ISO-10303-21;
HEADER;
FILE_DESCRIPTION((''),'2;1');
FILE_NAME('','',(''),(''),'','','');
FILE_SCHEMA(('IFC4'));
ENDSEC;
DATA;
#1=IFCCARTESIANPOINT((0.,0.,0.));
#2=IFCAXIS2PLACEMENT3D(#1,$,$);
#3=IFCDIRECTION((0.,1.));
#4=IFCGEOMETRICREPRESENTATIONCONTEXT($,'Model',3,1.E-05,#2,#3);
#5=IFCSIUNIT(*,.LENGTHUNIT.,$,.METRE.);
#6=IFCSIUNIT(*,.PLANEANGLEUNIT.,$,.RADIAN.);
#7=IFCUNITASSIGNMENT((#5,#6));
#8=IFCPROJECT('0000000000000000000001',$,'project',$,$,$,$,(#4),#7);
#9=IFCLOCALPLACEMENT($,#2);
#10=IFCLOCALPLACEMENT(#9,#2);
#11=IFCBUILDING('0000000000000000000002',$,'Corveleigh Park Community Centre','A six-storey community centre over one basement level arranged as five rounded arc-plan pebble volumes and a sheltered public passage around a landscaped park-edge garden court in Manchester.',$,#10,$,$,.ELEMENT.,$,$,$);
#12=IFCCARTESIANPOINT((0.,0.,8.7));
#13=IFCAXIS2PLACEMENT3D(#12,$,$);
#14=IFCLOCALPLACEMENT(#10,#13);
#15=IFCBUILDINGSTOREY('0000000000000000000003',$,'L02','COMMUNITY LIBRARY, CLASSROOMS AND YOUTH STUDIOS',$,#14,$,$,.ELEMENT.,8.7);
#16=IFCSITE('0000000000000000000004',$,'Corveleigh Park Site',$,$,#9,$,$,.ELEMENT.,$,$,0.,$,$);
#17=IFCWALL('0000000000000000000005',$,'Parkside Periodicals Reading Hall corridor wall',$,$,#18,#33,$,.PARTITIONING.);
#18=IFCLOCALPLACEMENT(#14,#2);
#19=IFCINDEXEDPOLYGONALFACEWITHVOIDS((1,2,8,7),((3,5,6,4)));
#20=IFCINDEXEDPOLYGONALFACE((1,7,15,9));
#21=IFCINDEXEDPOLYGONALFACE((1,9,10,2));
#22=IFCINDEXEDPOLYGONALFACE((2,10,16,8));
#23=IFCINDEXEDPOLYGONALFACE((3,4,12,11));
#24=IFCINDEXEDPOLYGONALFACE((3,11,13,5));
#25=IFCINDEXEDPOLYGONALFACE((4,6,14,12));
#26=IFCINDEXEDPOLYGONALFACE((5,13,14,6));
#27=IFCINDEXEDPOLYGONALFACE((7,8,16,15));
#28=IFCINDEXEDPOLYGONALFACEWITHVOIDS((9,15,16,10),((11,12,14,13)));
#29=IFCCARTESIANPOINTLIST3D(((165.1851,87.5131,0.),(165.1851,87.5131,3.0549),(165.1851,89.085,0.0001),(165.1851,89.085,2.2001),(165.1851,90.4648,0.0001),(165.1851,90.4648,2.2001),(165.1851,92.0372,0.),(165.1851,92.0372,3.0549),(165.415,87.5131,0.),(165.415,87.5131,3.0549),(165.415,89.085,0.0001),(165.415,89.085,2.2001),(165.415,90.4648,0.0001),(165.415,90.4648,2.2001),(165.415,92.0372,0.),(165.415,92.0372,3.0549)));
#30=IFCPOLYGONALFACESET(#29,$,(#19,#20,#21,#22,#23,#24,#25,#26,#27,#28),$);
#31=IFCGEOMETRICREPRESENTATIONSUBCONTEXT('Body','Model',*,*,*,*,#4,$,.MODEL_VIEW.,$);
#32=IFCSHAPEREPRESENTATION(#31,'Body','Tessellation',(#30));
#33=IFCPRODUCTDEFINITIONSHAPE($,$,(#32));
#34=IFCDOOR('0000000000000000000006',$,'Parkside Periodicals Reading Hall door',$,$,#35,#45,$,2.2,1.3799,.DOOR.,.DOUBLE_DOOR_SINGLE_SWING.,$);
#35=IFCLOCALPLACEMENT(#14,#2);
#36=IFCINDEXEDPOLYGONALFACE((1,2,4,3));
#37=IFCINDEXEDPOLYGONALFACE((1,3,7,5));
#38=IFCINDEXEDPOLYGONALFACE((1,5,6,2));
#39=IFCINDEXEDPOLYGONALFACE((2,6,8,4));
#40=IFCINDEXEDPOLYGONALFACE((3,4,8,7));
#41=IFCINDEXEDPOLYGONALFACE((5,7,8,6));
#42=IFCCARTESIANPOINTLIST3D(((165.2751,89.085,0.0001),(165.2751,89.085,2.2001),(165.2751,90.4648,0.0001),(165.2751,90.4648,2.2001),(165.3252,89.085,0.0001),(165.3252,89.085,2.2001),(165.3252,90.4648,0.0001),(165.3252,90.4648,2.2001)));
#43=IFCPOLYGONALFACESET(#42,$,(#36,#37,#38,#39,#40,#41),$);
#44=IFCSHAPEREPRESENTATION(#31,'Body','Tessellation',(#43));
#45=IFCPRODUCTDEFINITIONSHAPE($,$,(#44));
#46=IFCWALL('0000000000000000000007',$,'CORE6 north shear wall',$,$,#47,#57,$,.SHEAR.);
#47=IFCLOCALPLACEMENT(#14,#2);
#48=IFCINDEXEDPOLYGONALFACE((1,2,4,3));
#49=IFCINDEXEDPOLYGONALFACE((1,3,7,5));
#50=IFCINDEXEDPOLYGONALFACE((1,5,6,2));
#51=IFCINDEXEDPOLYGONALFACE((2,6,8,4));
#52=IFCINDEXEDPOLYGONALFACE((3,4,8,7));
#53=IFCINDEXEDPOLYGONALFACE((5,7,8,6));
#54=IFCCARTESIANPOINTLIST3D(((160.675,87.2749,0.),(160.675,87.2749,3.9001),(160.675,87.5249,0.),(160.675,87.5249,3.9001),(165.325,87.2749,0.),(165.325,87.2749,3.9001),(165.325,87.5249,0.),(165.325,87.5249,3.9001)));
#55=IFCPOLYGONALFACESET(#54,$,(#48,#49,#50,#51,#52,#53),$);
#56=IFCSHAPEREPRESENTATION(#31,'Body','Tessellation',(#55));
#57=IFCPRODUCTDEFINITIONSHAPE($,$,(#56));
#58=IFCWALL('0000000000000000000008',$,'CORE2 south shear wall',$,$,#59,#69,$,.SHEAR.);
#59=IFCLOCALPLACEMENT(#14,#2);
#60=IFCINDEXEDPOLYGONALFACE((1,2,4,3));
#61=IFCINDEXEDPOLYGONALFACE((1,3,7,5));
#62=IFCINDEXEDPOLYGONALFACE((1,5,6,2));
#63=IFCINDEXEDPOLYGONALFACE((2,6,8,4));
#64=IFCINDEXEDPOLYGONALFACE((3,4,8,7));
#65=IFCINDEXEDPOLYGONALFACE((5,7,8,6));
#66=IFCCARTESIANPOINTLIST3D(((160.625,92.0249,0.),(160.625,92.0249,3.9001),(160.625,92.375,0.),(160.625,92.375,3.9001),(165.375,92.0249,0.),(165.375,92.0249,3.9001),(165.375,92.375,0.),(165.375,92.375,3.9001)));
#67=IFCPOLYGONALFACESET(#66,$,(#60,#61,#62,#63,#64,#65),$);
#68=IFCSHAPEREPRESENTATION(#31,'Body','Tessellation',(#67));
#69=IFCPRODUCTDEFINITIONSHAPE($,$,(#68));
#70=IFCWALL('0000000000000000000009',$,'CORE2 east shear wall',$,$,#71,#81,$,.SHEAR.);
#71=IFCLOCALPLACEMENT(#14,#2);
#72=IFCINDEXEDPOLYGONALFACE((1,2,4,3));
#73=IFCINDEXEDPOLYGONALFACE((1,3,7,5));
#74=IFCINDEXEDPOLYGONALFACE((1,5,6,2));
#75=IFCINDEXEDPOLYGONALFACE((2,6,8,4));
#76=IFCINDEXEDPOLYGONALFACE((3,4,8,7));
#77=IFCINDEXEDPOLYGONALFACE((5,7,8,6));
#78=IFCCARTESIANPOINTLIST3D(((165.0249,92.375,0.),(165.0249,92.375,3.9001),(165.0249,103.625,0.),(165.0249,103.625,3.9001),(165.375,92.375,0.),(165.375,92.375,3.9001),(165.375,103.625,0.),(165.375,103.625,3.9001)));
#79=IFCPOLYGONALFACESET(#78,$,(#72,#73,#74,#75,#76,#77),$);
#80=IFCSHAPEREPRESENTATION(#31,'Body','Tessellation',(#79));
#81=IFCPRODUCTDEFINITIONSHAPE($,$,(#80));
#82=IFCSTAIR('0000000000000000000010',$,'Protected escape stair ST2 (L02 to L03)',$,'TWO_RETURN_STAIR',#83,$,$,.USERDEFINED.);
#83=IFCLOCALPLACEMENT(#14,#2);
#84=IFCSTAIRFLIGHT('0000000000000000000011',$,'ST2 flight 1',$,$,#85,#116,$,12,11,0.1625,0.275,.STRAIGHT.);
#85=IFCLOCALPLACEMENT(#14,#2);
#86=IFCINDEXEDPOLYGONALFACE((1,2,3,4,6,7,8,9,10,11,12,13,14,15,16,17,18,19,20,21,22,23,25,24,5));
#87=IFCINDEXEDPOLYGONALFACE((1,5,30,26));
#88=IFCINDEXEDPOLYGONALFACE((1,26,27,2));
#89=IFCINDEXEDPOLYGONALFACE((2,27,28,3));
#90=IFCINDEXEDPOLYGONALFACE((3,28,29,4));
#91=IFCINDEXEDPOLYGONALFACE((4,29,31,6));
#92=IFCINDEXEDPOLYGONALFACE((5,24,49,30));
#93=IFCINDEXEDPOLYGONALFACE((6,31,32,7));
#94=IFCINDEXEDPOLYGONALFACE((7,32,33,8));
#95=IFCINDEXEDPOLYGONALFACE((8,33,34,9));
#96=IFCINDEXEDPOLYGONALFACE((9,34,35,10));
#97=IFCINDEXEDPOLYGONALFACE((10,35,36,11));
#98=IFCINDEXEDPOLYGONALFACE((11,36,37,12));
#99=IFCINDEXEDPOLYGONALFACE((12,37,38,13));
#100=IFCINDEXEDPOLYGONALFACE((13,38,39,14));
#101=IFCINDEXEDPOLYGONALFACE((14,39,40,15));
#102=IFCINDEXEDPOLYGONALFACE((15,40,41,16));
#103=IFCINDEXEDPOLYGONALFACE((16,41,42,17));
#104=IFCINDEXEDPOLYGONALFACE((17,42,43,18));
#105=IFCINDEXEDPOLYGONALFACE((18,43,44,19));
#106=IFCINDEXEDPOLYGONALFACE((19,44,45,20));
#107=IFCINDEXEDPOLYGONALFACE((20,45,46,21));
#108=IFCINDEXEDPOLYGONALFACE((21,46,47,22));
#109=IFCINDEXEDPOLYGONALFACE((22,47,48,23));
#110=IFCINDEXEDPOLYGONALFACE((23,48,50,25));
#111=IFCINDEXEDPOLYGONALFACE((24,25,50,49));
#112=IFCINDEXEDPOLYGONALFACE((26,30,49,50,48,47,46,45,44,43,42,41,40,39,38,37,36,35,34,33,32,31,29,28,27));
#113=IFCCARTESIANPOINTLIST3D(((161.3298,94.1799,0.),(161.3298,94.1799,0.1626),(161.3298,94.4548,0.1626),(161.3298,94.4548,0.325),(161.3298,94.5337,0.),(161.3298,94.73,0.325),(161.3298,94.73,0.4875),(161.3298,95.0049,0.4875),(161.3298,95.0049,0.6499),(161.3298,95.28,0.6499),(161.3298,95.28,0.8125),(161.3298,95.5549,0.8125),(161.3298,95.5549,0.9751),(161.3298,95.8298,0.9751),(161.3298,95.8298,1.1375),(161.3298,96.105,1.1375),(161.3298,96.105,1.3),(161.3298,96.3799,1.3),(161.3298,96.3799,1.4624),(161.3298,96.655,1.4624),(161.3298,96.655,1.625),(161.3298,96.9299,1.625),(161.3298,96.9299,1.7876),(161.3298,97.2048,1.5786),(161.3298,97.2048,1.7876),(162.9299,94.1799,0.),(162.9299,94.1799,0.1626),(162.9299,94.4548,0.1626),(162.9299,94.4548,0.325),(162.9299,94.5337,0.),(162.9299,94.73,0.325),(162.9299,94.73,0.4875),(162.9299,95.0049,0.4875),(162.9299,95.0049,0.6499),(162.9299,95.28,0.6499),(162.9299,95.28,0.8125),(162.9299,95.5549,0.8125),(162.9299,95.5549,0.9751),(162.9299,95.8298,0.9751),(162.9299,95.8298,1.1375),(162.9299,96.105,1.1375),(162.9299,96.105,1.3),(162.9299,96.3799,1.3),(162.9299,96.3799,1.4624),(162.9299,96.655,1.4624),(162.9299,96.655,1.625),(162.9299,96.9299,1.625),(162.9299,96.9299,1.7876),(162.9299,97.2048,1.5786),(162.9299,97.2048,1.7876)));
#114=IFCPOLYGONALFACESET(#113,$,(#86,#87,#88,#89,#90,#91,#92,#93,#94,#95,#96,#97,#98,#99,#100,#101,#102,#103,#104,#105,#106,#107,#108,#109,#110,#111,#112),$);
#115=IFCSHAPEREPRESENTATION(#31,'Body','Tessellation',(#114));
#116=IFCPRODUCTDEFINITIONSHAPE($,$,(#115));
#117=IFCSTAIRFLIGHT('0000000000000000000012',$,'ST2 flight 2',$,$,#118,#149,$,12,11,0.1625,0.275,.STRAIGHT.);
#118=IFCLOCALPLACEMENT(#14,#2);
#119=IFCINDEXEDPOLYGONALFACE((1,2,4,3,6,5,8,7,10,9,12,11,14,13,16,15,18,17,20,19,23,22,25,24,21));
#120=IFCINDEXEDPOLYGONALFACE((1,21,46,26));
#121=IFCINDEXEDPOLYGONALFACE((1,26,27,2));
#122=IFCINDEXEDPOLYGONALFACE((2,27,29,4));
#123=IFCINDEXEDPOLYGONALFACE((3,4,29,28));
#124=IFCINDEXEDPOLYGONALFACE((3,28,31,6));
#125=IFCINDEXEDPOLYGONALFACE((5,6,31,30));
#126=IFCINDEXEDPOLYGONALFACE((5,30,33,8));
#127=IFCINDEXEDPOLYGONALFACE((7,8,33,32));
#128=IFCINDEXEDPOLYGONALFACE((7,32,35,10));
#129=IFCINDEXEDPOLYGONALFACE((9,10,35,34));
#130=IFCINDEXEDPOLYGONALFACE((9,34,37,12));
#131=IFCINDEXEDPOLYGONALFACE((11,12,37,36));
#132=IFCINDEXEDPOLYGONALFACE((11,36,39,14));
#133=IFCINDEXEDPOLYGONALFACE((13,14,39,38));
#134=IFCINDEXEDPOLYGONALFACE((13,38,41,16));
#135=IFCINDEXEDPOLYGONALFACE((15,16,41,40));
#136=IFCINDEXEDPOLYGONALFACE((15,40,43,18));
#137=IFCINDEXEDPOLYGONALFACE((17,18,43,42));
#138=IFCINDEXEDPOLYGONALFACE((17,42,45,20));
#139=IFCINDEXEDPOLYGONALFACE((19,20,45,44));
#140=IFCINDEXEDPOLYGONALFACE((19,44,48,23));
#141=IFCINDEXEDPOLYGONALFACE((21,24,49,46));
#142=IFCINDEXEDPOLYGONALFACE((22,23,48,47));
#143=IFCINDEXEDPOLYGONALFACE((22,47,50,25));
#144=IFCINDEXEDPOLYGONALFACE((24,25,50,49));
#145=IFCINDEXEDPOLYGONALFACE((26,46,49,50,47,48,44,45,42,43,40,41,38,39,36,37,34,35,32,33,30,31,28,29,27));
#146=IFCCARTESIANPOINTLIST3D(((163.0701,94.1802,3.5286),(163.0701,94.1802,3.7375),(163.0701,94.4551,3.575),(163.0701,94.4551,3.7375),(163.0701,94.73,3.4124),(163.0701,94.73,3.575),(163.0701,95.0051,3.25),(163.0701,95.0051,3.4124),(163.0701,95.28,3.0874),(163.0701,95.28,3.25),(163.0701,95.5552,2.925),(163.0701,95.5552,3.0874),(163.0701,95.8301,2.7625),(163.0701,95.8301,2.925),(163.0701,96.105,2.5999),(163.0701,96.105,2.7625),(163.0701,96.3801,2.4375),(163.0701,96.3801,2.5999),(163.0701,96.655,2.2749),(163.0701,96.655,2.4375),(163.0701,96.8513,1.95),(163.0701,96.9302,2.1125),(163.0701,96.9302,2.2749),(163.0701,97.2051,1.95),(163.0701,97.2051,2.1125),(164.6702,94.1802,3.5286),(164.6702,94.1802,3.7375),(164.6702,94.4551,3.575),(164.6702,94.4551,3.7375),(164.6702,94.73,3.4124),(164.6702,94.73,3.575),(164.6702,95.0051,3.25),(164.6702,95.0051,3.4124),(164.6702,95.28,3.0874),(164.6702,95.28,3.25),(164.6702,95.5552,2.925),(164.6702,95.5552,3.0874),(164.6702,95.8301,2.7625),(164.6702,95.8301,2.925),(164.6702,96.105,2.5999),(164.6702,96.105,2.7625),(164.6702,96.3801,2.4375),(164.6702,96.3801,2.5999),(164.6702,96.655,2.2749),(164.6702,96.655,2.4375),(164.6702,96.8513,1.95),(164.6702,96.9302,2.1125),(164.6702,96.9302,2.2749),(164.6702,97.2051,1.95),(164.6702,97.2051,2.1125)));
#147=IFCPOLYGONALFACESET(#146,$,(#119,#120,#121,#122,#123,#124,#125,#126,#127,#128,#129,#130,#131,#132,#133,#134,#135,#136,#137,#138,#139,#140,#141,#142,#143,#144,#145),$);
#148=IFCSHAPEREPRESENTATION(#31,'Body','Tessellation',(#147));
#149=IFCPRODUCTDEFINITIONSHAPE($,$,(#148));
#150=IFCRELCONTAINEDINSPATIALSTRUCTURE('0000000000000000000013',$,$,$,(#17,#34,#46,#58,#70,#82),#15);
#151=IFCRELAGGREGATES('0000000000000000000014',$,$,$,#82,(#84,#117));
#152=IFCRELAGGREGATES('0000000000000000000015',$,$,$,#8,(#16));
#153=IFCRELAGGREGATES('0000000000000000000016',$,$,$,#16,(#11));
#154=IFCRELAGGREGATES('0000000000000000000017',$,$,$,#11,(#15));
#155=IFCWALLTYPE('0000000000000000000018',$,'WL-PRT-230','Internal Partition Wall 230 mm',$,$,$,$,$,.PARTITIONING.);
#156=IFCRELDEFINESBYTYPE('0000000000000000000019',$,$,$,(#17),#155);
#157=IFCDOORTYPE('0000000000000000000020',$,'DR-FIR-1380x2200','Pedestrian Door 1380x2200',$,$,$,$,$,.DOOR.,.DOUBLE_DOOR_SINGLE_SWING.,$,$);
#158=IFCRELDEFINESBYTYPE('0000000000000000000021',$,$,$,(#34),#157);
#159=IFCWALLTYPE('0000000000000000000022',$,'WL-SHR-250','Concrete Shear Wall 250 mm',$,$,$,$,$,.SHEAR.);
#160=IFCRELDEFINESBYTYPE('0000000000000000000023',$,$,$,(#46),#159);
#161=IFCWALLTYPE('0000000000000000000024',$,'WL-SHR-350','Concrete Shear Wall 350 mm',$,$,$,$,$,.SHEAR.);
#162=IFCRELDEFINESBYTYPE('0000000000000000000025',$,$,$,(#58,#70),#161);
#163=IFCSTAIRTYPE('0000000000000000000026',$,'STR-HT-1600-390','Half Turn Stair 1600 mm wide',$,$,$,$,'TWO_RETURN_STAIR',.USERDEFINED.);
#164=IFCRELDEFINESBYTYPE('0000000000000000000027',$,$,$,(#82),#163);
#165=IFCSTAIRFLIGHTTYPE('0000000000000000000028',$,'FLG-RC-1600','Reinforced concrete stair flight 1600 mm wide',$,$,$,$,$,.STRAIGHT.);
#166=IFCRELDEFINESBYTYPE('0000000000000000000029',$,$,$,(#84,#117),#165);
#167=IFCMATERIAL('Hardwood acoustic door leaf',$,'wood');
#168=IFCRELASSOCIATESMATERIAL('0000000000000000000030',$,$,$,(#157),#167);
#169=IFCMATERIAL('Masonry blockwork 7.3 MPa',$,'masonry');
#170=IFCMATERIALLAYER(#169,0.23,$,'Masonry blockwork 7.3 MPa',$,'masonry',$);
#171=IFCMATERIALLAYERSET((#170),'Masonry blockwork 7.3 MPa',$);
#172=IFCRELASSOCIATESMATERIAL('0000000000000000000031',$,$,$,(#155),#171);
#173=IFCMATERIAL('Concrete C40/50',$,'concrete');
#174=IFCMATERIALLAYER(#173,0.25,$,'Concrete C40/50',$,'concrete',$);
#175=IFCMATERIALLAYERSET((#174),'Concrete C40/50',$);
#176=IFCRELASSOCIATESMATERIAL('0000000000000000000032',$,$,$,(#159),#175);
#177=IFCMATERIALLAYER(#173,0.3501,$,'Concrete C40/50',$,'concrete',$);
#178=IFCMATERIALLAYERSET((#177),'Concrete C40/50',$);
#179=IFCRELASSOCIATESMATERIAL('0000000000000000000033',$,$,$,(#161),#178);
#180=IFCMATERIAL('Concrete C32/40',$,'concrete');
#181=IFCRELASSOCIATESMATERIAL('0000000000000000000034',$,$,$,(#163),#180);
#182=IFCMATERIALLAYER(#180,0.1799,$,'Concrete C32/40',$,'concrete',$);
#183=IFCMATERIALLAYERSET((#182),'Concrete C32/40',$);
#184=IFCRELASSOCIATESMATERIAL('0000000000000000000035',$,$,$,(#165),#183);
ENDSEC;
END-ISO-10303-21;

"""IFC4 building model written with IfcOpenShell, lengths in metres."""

from ifc_helpers import new_model, si_unit, direction, frame, frame_2d, origin, place, context, subcontext, project, spatial, polyline, rectangle, outline, extrude, material, layer, layer_set, type_object, element, fill, aggregate, save


model = new_model("IFC4")

# Units and contexts
model_context = context("Model", 3, precision=1e-05, world=origin(), true_north=direction((0.0, 1.0)))
body_context = subcontext(model_context, "Body", "Model", "MODEL_VIEW")
ifc_project = project(units=[si_unit("LENGTHUNIT", "METRE"), si_unit("PLANEANGLEUNIT", "RADIAN")], contexts=[model_context])

# Site, building, storey
site_placement = place(None, origin())
site = spatial("IfcSite", under=ifc_project, at=site_placement, Name="Corveleigh Park Site", CompositionType="ELEMENT", RefElevation=0.0)
building_placement = place(site_placement, origin())
building = spatial("IfcBuilding", under=site, at=building_placement, Name="Corveleigh Park Community Centre", Description="A six-storey community centre over one basement level arranged as five rounded arc-plan pebble volumes and a sheltered public passage around a landscaped park-edge garden court in Manchester.", CompositionType="ELEMENT")
storey_placement = place(building_placement, frame((0.0, 0.0, 8.7)))
storey = spatial("IfcBuildingStorey", under=building, at=storey_placement, Name="L02", Description="COMMUNITY LIBRARY, CLASSROOMS AND YOUTH STUDIOS", CompositionType="ELEMENT", Elevation=8.7)

# Shared definitions
ifc_material_1 = material(Name="Concrete C40/50", Category="concrete")

# Shared definitions
ifc_material_2 = material(Name="Hardwood acoustic door leaf", Category="wood")
door_type_1 = type_object("IfcDoorType", Name="DR-FIR-1380x2200", Description="Pedestrian Door 1380x2200", OperationType="DOUBLE_DOOR_SINGLE_SWING", PredefinedType="DOOR", material=ifc_material_2)

# Wall, opening, door
ifc_material_3 = material(Name="Masonry blockwork 7.3 MPa", Category="masonry")
ifc_layer_1 = layer(ifc_material_3, 0.23, Name="Masonry blockwork 7.3 MPa", Category="masonry")
ifc_layer_set_1 = layer_set([ifc_layer_1], Name="Masonry blockwork 7.3 MPa")
wall_type_1 = type_object("IfcWallType", Name="WL-PRT-230", Description="Internal Partition Wall 230 mm", PredefinedType="PARTITIONING", material=ifc_layer_set_1)
wall_1_placement = place(storey_placement, frame((165.3, 87.5129, 0.0), z_axis=(0.0, 0.0, 1.0), x_axis=(0.0, 1.0, 0.0)))
wall_1 = element("IfcWall", 1, at=wall_1_placement, inside=storey, type_object=wall_type_1, Name="Parkside Periodicals Reading Hall corridor wall", PredefinedType="PARTITIONING", context=body_context, shape_type="SweptSolid", body=[
    extrude(rectangle(XDim=4.5242, YDim=0.23, at=frame_2d((2.2622, 0.0))), origin(), (0.0, 0.0, 1.0), 3.0549),
])
opening_1_placement = place(wall_1_placement, frame((1.572, 0.0, 0.0)))
opening_1 = element("IfcOpeningElement", 2, at=opening_1_placement, cuts=wall_1, PredefinedType="OPENING", context=body_context, shape_type="SweptSolid", body=[
    extrude(rectangle(XDim=1.3799, YDim=2.2, at=frame_2d((0.6899, 1.1001))), frame((0.0, 0.125, 0.0), z_axis=(0.0, -1.0, 0.0), x_axis=(1.0, 0.0, 0.0)), (0.0, 0.0, 1.0), 0.25),
])
door_1_placement = place(opening_1_placement, origin())
door_1 = element("IfcDoor", 3, at=door_1_placement, inside=storey, type_object=door_type_1, Name="Parkside Periodicals Reading Hall door", OperationType="DOUBLE_DOOR_SINGLE_SWING", OverallHeight=2.2, OverallWidth=1.3799, PredefinedType="DOOR", context=body_context, shape_type="SweptSolid", body=[
    extrude(rectangle(XDim=1.3799, YDim=2.2, at=frame_2d((0.6899, 1.1001))), frame((0.0, 0.0249, 0.0), z_axis=(0.0, -1.0, 0.0), x_axis=(1.0, 0.0, 0.0)), (0.0, 0.0, 1.0), 0.05),
])
fill(opening_1, door_1)

# Wall
ifc_layer_2 = layer(ifc_material_1, 0.25, Name="Concrete C40/50", Category="concrete")
ifc_layer_set_2 = layer_set([ifc_layer_2], Name="Concrete C40/50")
wall_type_2 = type_object("IfcWallType", Name="WL-SHR-250", Description="Concrete Shear Wall 250 mm", PredefinedType="SHEAR", material=ifc_layer_set_2)
wall_2_placement = place(storey_placement, frame((165.325, 87.3999, 0.0), z_axis=(0.0, 0.0, 1.0), x_axis=(-1.0, 0.0, 0.0)))
element("IfcWall", 4, at=wall_2_placement, inside=storey, type_object=wall_type_2, Name="CORE6 north shear wall", PredefinedType="SHEAR", context=body_context, shape_type="SweptSolid", body=[
    extrude(rectangle(XDim=4.6499, YDim=0.25, at=frame_2d((2.325, 0.0))), origin(), (0.0, 0.0, 1.0), 3.9001),
])

# Walls
ifc_layer_3 = layer(ifc_material_1, 0.3501, Name="Concrete C40/50", Category="concrete")
ifc_layer_set_3 = layer_set([ifc_layer_3], Name="Concrete C40/50")
wall_type_3 = type_object("IfcWallType", Name="WL-SHR-350", Description="Concrete Shear Wall 350 mm", PredefinedType="SHEAR", material=ifc_layer_set_3)
wall_3_placement = place(storey_placement, frame((160.625, 92.2, 0.0), z_axis=(0.0, 0.0, 1.0), x_axis=(1.0, 0.0, 0.0)))
element("IfcWall", 5, at=wall_3_placement, inside=storey, type_object=wall_type_3, Name="CORE2 south shear wall", PredefinedType="SHEAR", context=body_context, shape_type="SweptSolid", body=[
    extrude(rectangle(XDim=4.75, YDim=0.3501, at=frame_2d((2.375, 0.0))), origin(), (0.0, 0.0, 1.0), 3.9001),
])
wall_4_placement = place(storey_placement, frame((165.2, 92.375, 0.0), z_axis=(0.0, 0.0, 1.0), x_axis=(0.0, 1.0, 0.0)))
element("IfcWall", 6, at=wall_4_placement, inside=storey, type_object=wall_type_3, Name="CORE2 east shear wall", PredefinedType="SHEAR", context=body_context, shape_type="SweptSolid", body=[
    extrude(rectangle(XDim=11.25, YDim=0.3501, at=frame_2d((5.625, 0.0))), origin(), (0.0, 0.0, 1.0), 3.9001),
])

# Stair, stair flights
ifc_material_4 = material(Name="Concrete C32/40", Category="concrete")
stair_type = type_object("IfcStairType", Name="STR-HT-1600-390", Description="Half Turn Stair 1600 mm wide", ElementType="TWO_RETURN_STAIR", PredefinedType="USERDEFINED", material=ifc_material_4)
stair_placement = place(storey_placement, origin())
stair = element("IfcStair", 7, at=stair_placement, inside=storey, type_object=stair_type, Name="Protected escape stair ST2 (L02 to L03)", ObjectType="TWO_RETURN_STAIR", PredefinedType="USERDEFINED")
ifc_layer_4 = layer(ifc_material_4, 0.1799, Name="Concrete C32/40", Category="concrete")
ifc_layer_set_4 = layer_set([ifc_layer_4], Name="Concrete C32/40")
stair_flight_type = type_object("IfcStairFlightType", Name="FLG-RC-1600", Description="Reinforced concrete stair flight 1600 mm wide", PredefinedType="STRAIGHT", material=ifc_layer_set_4)
stair_flight_1_placement = place(storey_placement, frame((162.1299, 94.1799, 0.0), z_axis=(0.0, 0.0, 1.0), x_axis=(0.0, 1.0, 0.0)))
stair_flight_1 = element("IfcStairFlight", 8, at=stair_flight_1_placement, type_object=stair_flight_type, Name="ST2 flight 1", NumberOfRisers=12, NumberOfTreads=11, PredefinedType="STRAIGHT", RiserHeight=0.1625, TreadLength=0.275, context=body_context, shape_type="SweptSolid", body=[
    extrude(outline(polyline([(0.0, 0.0), (0.0, 0.1626), (0.2749, 0.1626), (0.2749, 0.325), (0.55, 0.325), (0.55, 0.4875), (0.825, 0.4875), (0.825, 0.6499), (1.1001, 0.6499), (1.1001, 0.8125), (1.375, 0.8125), (1.375, 0.9751), (1.6499, 0.9751), (1.6499, 1.1375), (1.925, 1.1375), (1.925, 1.3), (2.2, 1.3), (2.2, 1.4624), (2.4751, 1.4624), (2.4751, 1.625), (2.75, 1.625), (2.75, 1.7876), (3.0249, 1.7876), (3.0249, 1.95), (3.0249, 1.5786), (0.3538, 0.0), (0.0, 0.0)])), frame((0.0, 0.8, 0.0), z_axis=(0.0, -1.0, 0.0), x_axis=(1.0, 0.0, 0.0)), (0.0, 0.0, 1.0), 1.6001),
])
stair_flight_2_placement = place(storey_placement, frame((163.8701, 97.2051, 1.95), z_axis=(0.0, 0.0, 1.0), x_axis=(0.0, -1.0, 0.0)))
stair_flight_2 = element("IfcStairFlight", 9, at=stair_flight_2_placement, type_object=stair_flight_type, Name="ST2 flight 2", NumberOfRisers=12, NumberOfTreads=11, PredefinedType="STRAIGHT", RiserHeight=0.1625, TreadLength=0.275, context=body_context, shape_type="SweptSolid", body=[
    extrude(outline(polyline([(0.0, 0.0), (0.0, 0.1626), (0.2749, 0.1626), (0.2749, 0.325), (0.55, 0.325), (0.55, 0.4875), (0.825, 0.4875), (0.825, 0.6499), (1.1001, 0.6499), (1.1001, 0.8125), (1.375, 0.8125), (1.375, 0.9751), (1.6499, 0.9751), (1.6499, 1.1375), (1.925, 1.1375), (1.925, 1.3), (2.2, 1.3), (2.2, 1.4624), (2.4751, 1.4624), (2.4751, 1.625), (2.75, 1.625), (2.75, 1.7876), (3.0249, 1.7876), (3.0249, 1.95), (3.0249, 1.5786), (0.3538, 0.0), (0.0, 0.0)])), frame((0.0, 0.8, 0.0), z_axis=(0.0, -1.0, 0.0), x_axis=(1.0, 0.0, 0.0)), (0.0, 0.0, 1.0), 1.6001),
])
aggregate(stair, [stair_flight_1, stair_flight_2])

save(model, "model.ifc")
